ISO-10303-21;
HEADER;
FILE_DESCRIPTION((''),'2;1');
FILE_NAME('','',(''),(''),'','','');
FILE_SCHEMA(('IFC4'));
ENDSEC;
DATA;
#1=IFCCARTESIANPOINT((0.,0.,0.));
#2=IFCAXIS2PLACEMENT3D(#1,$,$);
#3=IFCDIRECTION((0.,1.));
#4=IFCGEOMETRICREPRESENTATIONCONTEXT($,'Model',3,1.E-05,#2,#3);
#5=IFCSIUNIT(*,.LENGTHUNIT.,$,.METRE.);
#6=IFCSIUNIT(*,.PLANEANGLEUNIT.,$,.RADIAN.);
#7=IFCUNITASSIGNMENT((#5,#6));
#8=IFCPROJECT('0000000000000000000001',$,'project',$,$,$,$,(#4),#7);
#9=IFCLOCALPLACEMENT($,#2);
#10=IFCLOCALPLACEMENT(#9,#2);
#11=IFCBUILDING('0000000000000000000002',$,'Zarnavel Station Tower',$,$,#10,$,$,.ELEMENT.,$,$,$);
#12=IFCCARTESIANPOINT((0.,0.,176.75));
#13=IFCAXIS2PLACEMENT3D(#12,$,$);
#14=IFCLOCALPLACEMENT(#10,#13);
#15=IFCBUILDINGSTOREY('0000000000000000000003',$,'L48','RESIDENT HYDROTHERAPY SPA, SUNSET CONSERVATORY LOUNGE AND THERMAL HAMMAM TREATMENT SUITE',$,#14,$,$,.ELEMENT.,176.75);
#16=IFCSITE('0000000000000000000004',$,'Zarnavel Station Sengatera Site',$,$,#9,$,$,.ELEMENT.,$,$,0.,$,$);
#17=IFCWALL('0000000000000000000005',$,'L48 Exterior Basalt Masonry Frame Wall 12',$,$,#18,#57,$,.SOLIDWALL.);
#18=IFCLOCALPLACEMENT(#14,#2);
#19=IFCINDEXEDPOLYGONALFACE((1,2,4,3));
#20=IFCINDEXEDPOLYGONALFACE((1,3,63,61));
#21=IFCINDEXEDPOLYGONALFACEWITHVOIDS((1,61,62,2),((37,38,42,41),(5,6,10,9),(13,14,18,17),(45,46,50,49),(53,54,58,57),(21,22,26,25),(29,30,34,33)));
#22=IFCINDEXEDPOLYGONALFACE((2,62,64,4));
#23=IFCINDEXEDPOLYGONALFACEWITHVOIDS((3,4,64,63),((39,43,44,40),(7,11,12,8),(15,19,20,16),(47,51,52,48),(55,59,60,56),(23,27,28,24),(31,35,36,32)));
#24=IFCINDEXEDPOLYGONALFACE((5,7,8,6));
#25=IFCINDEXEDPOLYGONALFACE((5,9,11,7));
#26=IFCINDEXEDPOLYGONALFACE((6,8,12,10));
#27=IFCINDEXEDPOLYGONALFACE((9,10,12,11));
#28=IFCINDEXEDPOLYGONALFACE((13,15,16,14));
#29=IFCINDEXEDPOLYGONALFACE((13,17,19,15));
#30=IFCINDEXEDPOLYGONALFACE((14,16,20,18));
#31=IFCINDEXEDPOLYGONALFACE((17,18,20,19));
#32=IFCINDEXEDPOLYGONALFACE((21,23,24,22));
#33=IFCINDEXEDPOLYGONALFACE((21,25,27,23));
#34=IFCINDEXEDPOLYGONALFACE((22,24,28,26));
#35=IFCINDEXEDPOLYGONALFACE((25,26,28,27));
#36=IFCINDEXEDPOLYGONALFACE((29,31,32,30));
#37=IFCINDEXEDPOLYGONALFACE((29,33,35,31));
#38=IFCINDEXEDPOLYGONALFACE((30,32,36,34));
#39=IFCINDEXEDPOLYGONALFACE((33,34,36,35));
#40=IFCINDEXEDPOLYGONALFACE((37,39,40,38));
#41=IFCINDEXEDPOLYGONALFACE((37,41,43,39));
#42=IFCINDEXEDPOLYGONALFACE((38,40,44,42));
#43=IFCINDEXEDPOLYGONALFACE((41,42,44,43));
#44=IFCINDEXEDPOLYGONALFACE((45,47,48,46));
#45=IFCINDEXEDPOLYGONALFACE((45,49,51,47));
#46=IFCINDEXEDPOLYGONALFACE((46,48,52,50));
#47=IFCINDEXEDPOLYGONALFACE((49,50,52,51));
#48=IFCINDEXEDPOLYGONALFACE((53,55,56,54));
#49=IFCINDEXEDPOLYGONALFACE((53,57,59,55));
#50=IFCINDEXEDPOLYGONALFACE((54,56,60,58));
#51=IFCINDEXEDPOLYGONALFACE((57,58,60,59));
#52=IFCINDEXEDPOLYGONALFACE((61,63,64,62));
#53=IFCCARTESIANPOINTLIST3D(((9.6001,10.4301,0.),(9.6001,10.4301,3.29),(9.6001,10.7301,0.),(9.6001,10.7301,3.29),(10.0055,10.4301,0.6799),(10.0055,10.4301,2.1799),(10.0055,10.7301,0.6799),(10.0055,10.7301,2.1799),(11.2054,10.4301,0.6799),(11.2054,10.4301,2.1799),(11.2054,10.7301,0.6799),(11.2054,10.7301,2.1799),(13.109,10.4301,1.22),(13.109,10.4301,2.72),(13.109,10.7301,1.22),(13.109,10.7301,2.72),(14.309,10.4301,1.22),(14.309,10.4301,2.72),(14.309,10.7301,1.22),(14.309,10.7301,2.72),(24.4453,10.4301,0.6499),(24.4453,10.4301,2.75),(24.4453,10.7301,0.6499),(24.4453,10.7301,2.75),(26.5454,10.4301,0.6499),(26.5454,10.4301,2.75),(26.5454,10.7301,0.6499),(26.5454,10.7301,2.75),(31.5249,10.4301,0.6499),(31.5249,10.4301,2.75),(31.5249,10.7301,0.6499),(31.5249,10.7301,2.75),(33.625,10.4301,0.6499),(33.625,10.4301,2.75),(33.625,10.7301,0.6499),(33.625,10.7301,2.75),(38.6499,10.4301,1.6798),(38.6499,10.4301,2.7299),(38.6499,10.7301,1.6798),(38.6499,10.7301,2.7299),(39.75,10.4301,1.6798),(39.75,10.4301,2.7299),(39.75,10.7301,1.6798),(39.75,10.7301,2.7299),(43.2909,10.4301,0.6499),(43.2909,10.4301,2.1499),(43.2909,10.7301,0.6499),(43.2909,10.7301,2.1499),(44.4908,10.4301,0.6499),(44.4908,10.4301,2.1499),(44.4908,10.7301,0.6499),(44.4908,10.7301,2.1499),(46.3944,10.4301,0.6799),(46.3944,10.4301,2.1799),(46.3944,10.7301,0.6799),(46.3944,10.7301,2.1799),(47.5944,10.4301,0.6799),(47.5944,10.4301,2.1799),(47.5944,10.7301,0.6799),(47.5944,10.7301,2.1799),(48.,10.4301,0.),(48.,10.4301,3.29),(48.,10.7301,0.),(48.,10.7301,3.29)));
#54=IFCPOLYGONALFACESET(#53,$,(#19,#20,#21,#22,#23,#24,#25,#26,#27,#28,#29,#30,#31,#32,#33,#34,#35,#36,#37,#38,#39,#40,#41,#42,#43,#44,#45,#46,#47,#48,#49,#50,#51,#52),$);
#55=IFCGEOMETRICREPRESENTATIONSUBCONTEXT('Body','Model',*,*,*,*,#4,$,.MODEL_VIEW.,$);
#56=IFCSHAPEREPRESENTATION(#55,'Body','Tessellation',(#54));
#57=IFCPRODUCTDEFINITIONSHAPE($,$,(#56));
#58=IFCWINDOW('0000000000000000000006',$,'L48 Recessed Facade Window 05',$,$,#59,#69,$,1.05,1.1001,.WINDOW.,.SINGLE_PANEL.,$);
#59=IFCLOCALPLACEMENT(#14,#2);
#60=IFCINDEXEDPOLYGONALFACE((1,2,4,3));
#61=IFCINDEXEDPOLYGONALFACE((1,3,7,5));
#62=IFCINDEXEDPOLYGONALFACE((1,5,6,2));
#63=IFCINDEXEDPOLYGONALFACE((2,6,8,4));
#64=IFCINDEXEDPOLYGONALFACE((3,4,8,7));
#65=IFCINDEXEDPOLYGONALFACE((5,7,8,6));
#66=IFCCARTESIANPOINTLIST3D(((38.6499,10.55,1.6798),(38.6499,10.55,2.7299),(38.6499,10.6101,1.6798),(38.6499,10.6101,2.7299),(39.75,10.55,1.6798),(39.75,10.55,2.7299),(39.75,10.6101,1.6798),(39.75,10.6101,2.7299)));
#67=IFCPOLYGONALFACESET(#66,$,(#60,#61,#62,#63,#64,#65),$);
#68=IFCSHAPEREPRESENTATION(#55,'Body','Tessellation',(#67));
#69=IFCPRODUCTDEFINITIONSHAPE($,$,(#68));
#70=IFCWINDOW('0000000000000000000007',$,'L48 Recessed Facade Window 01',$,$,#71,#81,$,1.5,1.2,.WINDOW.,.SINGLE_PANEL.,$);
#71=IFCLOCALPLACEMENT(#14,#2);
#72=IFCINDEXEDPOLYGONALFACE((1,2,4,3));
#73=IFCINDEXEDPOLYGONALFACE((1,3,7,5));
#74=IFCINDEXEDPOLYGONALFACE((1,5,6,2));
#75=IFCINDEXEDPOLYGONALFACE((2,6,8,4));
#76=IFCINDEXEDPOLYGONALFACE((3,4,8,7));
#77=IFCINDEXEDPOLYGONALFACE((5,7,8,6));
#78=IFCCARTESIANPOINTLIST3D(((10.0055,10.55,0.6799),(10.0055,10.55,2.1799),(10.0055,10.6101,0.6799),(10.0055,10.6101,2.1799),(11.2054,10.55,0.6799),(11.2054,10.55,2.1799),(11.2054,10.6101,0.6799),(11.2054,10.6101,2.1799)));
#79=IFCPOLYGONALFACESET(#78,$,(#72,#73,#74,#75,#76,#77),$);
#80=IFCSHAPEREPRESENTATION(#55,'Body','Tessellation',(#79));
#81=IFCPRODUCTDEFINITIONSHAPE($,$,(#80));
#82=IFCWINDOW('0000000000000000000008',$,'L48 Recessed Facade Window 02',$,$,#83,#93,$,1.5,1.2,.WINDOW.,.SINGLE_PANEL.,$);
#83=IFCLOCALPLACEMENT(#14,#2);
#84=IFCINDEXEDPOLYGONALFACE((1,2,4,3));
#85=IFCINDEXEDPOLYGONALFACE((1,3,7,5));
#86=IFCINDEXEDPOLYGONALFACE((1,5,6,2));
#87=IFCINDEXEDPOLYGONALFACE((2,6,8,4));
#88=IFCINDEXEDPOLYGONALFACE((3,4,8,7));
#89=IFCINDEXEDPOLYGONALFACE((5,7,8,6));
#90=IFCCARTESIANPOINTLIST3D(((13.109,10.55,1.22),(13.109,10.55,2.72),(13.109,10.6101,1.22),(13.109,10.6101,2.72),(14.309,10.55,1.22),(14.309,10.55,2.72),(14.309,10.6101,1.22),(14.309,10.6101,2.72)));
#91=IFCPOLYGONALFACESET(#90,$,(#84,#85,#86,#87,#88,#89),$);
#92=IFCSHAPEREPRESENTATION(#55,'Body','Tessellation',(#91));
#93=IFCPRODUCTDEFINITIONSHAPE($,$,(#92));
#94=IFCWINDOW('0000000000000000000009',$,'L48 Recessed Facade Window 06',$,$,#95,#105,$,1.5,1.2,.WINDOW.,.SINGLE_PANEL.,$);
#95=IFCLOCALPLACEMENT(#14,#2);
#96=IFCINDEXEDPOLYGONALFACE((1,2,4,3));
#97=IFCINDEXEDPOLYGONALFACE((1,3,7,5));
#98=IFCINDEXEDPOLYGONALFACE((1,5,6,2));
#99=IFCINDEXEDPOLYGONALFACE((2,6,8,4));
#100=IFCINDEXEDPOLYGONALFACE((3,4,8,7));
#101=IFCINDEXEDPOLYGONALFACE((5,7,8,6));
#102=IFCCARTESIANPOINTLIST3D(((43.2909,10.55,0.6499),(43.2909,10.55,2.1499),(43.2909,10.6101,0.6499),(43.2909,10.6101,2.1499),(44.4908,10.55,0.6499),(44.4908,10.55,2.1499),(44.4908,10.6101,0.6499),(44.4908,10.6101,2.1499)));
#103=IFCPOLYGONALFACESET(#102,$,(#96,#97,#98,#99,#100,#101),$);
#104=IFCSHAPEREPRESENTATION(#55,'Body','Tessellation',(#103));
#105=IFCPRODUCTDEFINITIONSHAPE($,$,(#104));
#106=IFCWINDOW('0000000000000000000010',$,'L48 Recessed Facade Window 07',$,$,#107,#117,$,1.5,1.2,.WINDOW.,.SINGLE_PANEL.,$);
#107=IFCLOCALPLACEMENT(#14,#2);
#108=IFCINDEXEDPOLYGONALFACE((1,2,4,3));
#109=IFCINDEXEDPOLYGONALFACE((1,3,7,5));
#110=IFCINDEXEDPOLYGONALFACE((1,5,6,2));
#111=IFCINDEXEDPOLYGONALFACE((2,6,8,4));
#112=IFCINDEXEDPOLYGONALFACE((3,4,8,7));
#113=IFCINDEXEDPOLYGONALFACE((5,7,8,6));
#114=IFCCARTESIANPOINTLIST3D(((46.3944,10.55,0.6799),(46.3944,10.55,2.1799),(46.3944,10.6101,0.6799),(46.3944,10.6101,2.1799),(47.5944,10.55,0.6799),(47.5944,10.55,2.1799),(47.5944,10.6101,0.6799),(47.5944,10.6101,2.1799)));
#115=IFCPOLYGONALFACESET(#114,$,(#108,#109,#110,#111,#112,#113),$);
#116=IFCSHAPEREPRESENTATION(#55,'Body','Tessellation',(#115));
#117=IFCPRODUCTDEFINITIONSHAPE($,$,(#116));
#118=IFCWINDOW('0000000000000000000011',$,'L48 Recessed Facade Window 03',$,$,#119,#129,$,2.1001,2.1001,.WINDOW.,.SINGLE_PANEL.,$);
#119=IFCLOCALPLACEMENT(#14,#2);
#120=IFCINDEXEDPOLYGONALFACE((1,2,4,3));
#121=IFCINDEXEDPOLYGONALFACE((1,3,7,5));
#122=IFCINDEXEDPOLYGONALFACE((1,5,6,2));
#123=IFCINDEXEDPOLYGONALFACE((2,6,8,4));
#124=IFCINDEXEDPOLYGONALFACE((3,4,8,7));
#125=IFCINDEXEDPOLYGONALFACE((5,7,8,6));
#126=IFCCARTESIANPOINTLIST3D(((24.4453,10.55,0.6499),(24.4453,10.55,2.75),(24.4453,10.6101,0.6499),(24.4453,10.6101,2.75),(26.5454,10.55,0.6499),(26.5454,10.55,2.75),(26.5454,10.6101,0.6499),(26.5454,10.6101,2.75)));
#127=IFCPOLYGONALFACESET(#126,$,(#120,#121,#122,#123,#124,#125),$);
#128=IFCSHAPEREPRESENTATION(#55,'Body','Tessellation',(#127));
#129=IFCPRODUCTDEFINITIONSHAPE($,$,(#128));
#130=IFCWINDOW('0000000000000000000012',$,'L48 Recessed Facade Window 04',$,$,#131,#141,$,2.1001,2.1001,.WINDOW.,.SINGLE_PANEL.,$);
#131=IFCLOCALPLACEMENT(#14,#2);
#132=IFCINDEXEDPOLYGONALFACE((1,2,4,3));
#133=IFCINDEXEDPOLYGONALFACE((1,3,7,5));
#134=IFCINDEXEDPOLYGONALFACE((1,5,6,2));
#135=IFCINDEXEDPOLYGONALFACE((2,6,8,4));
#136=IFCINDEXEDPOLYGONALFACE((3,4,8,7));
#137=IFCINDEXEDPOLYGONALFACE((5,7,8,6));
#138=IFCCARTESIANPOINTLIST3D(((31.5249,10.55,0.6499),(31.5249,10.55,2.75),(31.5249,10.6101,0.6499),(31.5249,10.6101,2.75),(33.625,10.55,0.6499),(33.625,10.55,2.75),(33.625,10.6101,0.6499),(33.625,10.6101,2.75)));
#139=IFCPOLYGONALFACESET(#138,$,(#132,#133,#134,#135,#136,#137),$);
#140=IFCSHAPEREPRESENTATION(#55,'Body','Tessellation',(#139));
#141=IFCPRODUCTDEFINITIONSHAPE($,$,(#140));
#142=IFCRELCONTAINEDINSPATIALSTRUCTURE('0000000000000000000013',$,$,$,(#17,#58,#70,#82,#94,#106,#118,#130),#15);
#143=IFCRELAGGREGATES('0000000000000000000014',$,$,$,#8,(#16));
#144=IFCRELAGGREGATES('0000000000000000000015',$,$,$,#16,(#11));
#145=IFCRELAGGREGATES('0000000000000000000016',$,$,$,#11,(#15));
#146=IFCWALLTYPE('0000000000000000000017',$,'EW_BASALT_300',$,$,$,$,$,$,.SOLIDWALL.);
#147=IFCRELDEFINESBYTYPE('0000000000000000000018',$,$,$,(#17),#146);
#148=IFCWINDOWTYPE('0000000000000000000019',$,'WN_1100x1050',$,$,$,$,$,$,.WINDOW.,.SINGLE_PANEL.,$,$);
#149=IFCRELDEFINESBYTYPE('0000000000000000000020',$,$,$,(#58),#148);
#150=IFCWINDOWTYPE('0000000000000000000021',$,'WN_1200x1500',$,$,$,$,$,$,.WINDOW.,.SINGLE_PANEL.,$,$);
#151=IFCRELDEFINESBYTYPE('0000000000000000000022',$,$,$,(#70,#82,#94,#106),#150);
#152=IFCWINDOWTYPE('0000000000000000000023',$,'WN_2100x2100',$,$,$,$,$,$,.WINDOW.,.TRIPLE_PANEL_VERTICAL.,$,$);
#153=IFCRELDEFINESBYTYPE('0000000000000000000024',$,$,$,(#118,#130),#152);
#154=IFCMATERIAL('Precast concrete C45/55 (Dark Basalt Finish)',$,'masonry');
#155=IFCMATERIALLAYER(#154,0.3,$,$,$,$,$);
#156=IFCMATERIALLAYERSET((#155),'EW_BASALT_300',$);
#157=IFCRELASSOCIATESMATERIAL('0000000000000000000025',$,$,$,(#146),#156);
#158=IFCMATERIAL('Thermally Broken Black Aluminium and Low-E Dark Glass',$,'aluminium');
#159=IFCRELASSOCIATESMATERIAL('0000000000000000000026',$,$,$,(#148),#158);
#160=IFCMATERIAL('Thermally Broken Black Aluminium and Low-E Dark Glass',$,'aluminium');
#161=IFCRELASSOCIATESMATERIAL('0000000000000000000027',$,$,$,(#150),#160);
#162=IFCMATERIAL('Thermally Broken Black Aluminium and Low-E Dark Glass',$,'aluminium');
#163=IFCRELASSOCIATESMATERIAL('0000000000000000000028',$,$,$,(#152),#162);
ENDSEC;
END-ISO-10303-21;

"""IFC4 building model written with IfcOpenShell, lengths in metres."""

from ifc_helpers import new_model, si_unit, direction, frame, frame_2d, origin, place, context, subcontext, project, spatial, rectangle, extrude, material, layer, layer_set, type_object, element, fill, save


model = new_model("IFC4")

# Units and contexts
model_context = context("Model", 3, precision=1e-05, world=origin(), true_north=direction((0.0, 1.0)))
body_context = subcontext(model_context, "Body", "Model", "MODEL_VIEW")
ifc_project = project(units=[si_unit("LENGTHUNIT", "METRE"), si_unit("PLANEANGLEUNIT", "RADIAN")], contexts=[model_context])

# Site, building, storey
site_placement = place(None, origin())
site = spatial("IfcSite", under=ifc_project, at=site_placement, Name="Zarnavel Station Sengatera Site", CompositionType="ELEMENT", RefElevation=0.0)
building_placement = place(site_placement, origin())
building = spatial("IfcBuilding", under=site, at=building_placement, Name="Zarnavel Station Tower", CompositionType="ELEMENT")
storey_placement = place(building_placement, frame((0.0, 0.0, 176.75)))
storey = spatial("IfcBuildingStorey", under=building, at=storey_placement, Name="L48", Description="RESIDENT HYDROTHERAPY SPA, SUNSET CONSERVATORY LOUNGE AND THERMAL HAMMAM TREATMENT SUITE", CompositionType="ELEMENT", Elevation=176.75)

# Shared definitions
ifc_material_1 = material(Name="Precast concrete C45/55 (Dark Basalt Finish)", Category="masonry")
ifc_layer_1 = layer(ifc_material_1, 0.3)
ifc_layer_set_1 = layer_set([ifc_layer_1], Name="EW_BASALT_300")
wall_type_1 = type_object("IfcWallType", Name="EW_BASALT_300", PredefinedType="SOLIDWALL", material=ifc_layer_set_1)

# Wall, openings, windows
wall_1_placement = place(storey_placement, frame((48.0, 10.5801, 0.0), z_axis=(0.0, 0.0, 1.0), x_axis=(-1.0, 0.0, 0.0)))
wall_1 = element("IfcWall", 1, at=wall_1_placement, inside=storey, type_object=wall_type_1, Name="L48 Exterior Basalt Masonry Frame Wall 12", PredefinedType="SOLIDWALL", context=body_context, shape_type="SweptSolid", body=[
    extrude(rectangle(XDim=38.3999, YDim=0.3, at=frame_2d((19.2, 0.0))), origin(), (0.0, 0.0, 1.0), 3.29),
])
opening_1_placement = place(wall_1_placement, frame((36.7944, 0.0, 0.6799)))
opening_1 = element("IfcOpeningElement", 2, at=opening_1_placement, cuts=wall_1, PredefinedType="OPENING", context=body_context, shape_type="SweptSolid", body=[
    extrude(rectangle(XDim=1.2, YDim=1.5, at=frame_2d((0.6001, 0.75))), frame((0.0, 0.1599, 0.0), z_axis=(0.0, -1.0, 0.0), x_axis=(1.0, 0.0, 0.0)), (0.0, 0.0, 1.0), 0.3201),
])
opening_2_placement = place(wall_1_placement, frame((33.6909, 0.0, 1.22)))
opening_2 = element("IfcOpeningElement", 3, at=opening_2_placement, cuts=wall_1, PredefinedType="OPENING", context=body_context, shape_type="SweptSolid", body=[
    extrude(rectangle(XDim=1.2, YDim=1.5, at=frame_2d((0.6001, 0.75))), frame((0.0, 0.1599, 0.0), z_axis=(0.0, -1.0, 0.0), x_axis=(1.0, 0.0, 0.0)), (0.0, 0.0, 1.0), 0.3201),
])
opening_3_placement = place(wall_1_placement, frame((21.4546, 0.0, 0.6499)))
opening_3 = element("IfcOpeningElement", 4, at=opening_3_placement, cuts=wall_1, PredefinedType="OPENING", context=body_context, shape_type="SweptSolid", body=[
    extrude(rectangle(XDim=2.1001, YDim=2.1001, at=frame_2d((1.05, 1.05))), frame((0.0, 0.1599, 0.0), z_axis=(0.0, -1.0, 0.0), x_axis=(1.0, 0.0, 0.0)), (0.0, 0.0, 1.0), 0.3201),
])
opening_4_placement = place(wall_1_placement, frame((14.375, 0.0, 0.6499)))
opening_4 = element("IfcOpeningElement", 5, at=opening_4_placement, cuts=wall_1, PredefinedType="OPENING", context=body_context, shape_type="SweptSolid", body=[
    extrude(rectangle(XDim=2.1001, YDim=2.1001, at=frame_2d((1.05, 1.05))), frame((0.0, 0.1599, 0.0), z_axis=(0.0, -1.0, 0.0), x_axis=(1.0, 0.0, 0.0)), (0.0, 0.0, 1.0), 0.3201),
])
opening_5_placement = place(wall_1_placement, frame((8.25, 0.0, 1.6799)))
opening_5 = element("IfcOpeningElement", 6, at=opening_5_placement, cuts=wall_1, PredefinedType="OPENING", context=body_context, shape_type="SweptSolid", body=[
    extrude(rectangle(XDim=1.1001, YDim=1.05, at=frame_2d((0.55, 0.5249))), frame((0.0, 0.1599, 0.0), z_axis=(0.0, -1.0, 0.0), x_axis=(1.0, 0.0, 0.0)), (0.0, 0.0, 1.0), 0.3201),
])
opening_6_placement = place(wall_1_placement, frame((3.509, 0.0, 0.6499)))
opening_6 = element("IfcOpeningElement", 7, at=opening_6_placement, cuts=wall_1, PredefinedType="OPENING", context=body_context, shape_type="SweptSolid", body=[
    extrude(rectangle(XDim=1.2, YDim=1.5, at=frame_2d((0.6001, 0.75))), frame((0.0, 0.1599, 0.0), z_axis=(0.0, -1.0, 0.0), x_axis=(1.0, 0.0, 0.0)), (0.0, 0.0, 1.0), 0.3201),
])
opening_7_placement = place(wall_1_placement, frame((0.4055, 0.0, 0.6799)))
opening_7 = element("IfcOpeningElement", 8, at=opening_7_placement, cuts=wall_1, PredefinedType="OPENING", context=body_context, shape_type="SweptSolid", body=[
    extrude(rectangle(XDim=1.2, YDim=1.5, at=frame_2d((0.6001, 0.75))), frame((0.0, 0.1599, 0.0), z_axis=(0.0, -1.0, 0.0), x_axis=(1.0, 0.0, 0.0)), (0.0, 0.0, 1.0), 0.3201),
])
ifc_material_2 = material(Name="Thermally Broken Black Aluminium and Low-E Dark Glass", Category="aluminium")
window_type_1 = type_object("IfcWindowType", Name="WN_1100x1050", PartitioningType="SINGLE_PANEL", PredefinedType="WINDOW", material=ifc_material_2)
window_1_placement = place(opening_5_placement, origin())
window_1 = element("IfcWindow", 9, at=window_1_placement, inside=storey, type_object=window_type_1, Name="L48 Recessed Facade Window 05", OverallHeight=1.05, OverallWidth=1.1001, PartitioningType="SINGLE_PANEL", PredefinedType="WINDOW", context=body_context, shape_type="SweptSolid", body=[
    extrude(rectangle(XDim=1.1001, YDim=1.05, at=frame_2d((0.55, 0.5249))), frame((0.0, 0.03, 0.0), z_axis=(0.0, -1.0, 0.0), x_axis=(1.0, 0.0, 0.0)), (0.0, 0.0, 1.0), 0.0601),
])
fill(opening_5, window_1)
ifc_material_3 = material(Name="Thermally Broken Black Aluminium and Low-E Dark Glass", Category="aluminium")
window_type_2 = type_object("IfcWindowType", Name="WN_1200x1500", PartitioningType="SINGLE_PANEL", PredefinedType="WINDOW", material=ifc_material_3)
window_2_placement = place(opening_1_placement, origin())
window_2 = element("IfcWindow", 10, at=window_2_placement, inside=storey, type_object=window_type_2, Name="L48 Recessed Facade Window 01", OverallHeight=1.5, OverallWidth=1.2, PartitioningType="SINGLE_PANEL", PredefinedType="WINDOW", context=body_context, shape_type="SweptSolid", body=[
    extrude(rectangle(XDim=1.2, YDim=1.5, at=frame_2d((0.6001, 0.75))), frame((0.0, 0.03, 0.0), z_axis=(0.0, -1.0, 0.0), x_axis=(1.0, 0.0, 0.0)), (0.0, 0.0, 1.0), 0.0601),
])
fill(opening_1, window_2)
window_3_placement = place(opening_2_placement, origin())
window_3 = element("IfcWindow", 11, at=window_3_placement, inside=storey, type_object=window_type_2, Name="L48 Recessed Facade Window 02", OverallHeight=1.5, OverallWidth=1.2, PartitioningType="SINGLE_PANEL", PredefinedType="WINDOW", context=body_context, shape_type="SweptSolid", body=[
    extrude(rectangle(XDim=1.2, YDim=1.5, at=frame_2d((0.6001, 0.75))), frame((0.0, 0.03, 0.0), z_axis=(0.0, -1.0, 0.0), x_axis=(1.0, 0.0, 0.0)), (0.0, 0.0, 1.0), 0.0601),
])
fill(opening_2, window_3)
window_4_placement = place(opening_6_placement, origin())
window_4 = element("IfcWindow", 12, at=window_4_placement, inside=storey, type_object=window_type_2, Name="L48 Recessed Facade Window 06", OverallHeight=1.5, OverallWidth=1.2, PartitioningType="SINGLE_PANEL", PredefinedType="WINDOW", context=body_context, shape_type="SweptSolid", body=[
    extrude(rectangle(XDim=1.2, YDim=1.5, at=frame_2d((0.6001, 0.75))), frame((0.0, 0.03, 0.0), z_axis=(0.0, -1.0, 0.0), x_axis=(1.0, 0.0, 0.0)), (0.0, 0.0, 1.0), 0.0601),
])
fill(opening_6, window_4)
window_5_placement = place(opening_7_placement, origin())
window_5 = element("IfcWindow", 13, at=window_5_placement, inside=storey, type_object=window_type_2, Name="L48 Recessed Facade Window 07", OverallHeight=1.5, OverallWidth=1.2, PartitioningType="SINGLE_PANEL", PredefinedType="WINDOW", context=body_context, shape_type="SweptSolid", body=[
    extrude(rectangle(XDim=1.2, YDim=1.5, at=frame_2d((0.6001, 0.75))), frame((0.0, 0.03, 0.0), z_axis=(0.0, -1.0, 0.0), x_axis=(1.0, 0.0, 0.0)), (0.0, 0.0, 1.0), 0.0601),
])
fill(opening_7, window_5)
ifc_material_4 = material(Name="Thermally Broken Black Aluminium and Low-E Dark Glass", Category="aluminium")
window_type_3 = type_object("IfcWindowType", Name="WN_2100x2100", PartitioningType="TRIPLE_PANEL_VERTICAL", PredefinedType="WINDOW", material=ifc_material_4)
window_6_placement = place(opening_3_placement, origin())
window_6 = element("IfcWindow", 14, at=window_6_placement, inside=storey, type_object=window_type_3, Name="L48 Recessed Facade Window 03", OverallHeight=2.1001, OverallWidth=2.1001, PartitioningType="SINGLE_PANEL", PredefinedType="WINDOW", context=body_context, shape_type="SweptSolid", body=[
    extrude(rectangle(XDim=2.1001, YDim=2.1001, at=frame_2d((1.05, 1.05))), frame((0.0, 0.03, 0.0), z_axis=(0.0, -1.0, 0.0), x_axis=(1.0, 0.0, 0.0)), (0.0, 0.0, 1.0), 0.0601),
])
fill(opening_3, window_6)
window_7_placement = place(opening_4_placement, origin())
window_7 = element("IfcWindow", 15, at=window_7_placement, inside=storey, type_object=window_type_3, Name="L48 Recessed Facade Window 04", OverallHeight=2.1001, OverallWidth=2.1001, PartitioningType="SINGLE_PANEL", PredefinedType="WINDOW", context=body_context, shape_type="SweptSolid", body=[
    extrude(rectangle(XDim=2.1001, YDim=2.1001, at=frame_2d((1.05, 1.05))), frame((0.0, 0.03, 0.0), z_axis=(0.0, -1.0, 0.0), x_axis=(1.0, 0.0, 0.0)), (0.0, 0.0, 1.0), 0.0601),
])
fill(opening_4, window_7)

save(model, "model.ifc")
